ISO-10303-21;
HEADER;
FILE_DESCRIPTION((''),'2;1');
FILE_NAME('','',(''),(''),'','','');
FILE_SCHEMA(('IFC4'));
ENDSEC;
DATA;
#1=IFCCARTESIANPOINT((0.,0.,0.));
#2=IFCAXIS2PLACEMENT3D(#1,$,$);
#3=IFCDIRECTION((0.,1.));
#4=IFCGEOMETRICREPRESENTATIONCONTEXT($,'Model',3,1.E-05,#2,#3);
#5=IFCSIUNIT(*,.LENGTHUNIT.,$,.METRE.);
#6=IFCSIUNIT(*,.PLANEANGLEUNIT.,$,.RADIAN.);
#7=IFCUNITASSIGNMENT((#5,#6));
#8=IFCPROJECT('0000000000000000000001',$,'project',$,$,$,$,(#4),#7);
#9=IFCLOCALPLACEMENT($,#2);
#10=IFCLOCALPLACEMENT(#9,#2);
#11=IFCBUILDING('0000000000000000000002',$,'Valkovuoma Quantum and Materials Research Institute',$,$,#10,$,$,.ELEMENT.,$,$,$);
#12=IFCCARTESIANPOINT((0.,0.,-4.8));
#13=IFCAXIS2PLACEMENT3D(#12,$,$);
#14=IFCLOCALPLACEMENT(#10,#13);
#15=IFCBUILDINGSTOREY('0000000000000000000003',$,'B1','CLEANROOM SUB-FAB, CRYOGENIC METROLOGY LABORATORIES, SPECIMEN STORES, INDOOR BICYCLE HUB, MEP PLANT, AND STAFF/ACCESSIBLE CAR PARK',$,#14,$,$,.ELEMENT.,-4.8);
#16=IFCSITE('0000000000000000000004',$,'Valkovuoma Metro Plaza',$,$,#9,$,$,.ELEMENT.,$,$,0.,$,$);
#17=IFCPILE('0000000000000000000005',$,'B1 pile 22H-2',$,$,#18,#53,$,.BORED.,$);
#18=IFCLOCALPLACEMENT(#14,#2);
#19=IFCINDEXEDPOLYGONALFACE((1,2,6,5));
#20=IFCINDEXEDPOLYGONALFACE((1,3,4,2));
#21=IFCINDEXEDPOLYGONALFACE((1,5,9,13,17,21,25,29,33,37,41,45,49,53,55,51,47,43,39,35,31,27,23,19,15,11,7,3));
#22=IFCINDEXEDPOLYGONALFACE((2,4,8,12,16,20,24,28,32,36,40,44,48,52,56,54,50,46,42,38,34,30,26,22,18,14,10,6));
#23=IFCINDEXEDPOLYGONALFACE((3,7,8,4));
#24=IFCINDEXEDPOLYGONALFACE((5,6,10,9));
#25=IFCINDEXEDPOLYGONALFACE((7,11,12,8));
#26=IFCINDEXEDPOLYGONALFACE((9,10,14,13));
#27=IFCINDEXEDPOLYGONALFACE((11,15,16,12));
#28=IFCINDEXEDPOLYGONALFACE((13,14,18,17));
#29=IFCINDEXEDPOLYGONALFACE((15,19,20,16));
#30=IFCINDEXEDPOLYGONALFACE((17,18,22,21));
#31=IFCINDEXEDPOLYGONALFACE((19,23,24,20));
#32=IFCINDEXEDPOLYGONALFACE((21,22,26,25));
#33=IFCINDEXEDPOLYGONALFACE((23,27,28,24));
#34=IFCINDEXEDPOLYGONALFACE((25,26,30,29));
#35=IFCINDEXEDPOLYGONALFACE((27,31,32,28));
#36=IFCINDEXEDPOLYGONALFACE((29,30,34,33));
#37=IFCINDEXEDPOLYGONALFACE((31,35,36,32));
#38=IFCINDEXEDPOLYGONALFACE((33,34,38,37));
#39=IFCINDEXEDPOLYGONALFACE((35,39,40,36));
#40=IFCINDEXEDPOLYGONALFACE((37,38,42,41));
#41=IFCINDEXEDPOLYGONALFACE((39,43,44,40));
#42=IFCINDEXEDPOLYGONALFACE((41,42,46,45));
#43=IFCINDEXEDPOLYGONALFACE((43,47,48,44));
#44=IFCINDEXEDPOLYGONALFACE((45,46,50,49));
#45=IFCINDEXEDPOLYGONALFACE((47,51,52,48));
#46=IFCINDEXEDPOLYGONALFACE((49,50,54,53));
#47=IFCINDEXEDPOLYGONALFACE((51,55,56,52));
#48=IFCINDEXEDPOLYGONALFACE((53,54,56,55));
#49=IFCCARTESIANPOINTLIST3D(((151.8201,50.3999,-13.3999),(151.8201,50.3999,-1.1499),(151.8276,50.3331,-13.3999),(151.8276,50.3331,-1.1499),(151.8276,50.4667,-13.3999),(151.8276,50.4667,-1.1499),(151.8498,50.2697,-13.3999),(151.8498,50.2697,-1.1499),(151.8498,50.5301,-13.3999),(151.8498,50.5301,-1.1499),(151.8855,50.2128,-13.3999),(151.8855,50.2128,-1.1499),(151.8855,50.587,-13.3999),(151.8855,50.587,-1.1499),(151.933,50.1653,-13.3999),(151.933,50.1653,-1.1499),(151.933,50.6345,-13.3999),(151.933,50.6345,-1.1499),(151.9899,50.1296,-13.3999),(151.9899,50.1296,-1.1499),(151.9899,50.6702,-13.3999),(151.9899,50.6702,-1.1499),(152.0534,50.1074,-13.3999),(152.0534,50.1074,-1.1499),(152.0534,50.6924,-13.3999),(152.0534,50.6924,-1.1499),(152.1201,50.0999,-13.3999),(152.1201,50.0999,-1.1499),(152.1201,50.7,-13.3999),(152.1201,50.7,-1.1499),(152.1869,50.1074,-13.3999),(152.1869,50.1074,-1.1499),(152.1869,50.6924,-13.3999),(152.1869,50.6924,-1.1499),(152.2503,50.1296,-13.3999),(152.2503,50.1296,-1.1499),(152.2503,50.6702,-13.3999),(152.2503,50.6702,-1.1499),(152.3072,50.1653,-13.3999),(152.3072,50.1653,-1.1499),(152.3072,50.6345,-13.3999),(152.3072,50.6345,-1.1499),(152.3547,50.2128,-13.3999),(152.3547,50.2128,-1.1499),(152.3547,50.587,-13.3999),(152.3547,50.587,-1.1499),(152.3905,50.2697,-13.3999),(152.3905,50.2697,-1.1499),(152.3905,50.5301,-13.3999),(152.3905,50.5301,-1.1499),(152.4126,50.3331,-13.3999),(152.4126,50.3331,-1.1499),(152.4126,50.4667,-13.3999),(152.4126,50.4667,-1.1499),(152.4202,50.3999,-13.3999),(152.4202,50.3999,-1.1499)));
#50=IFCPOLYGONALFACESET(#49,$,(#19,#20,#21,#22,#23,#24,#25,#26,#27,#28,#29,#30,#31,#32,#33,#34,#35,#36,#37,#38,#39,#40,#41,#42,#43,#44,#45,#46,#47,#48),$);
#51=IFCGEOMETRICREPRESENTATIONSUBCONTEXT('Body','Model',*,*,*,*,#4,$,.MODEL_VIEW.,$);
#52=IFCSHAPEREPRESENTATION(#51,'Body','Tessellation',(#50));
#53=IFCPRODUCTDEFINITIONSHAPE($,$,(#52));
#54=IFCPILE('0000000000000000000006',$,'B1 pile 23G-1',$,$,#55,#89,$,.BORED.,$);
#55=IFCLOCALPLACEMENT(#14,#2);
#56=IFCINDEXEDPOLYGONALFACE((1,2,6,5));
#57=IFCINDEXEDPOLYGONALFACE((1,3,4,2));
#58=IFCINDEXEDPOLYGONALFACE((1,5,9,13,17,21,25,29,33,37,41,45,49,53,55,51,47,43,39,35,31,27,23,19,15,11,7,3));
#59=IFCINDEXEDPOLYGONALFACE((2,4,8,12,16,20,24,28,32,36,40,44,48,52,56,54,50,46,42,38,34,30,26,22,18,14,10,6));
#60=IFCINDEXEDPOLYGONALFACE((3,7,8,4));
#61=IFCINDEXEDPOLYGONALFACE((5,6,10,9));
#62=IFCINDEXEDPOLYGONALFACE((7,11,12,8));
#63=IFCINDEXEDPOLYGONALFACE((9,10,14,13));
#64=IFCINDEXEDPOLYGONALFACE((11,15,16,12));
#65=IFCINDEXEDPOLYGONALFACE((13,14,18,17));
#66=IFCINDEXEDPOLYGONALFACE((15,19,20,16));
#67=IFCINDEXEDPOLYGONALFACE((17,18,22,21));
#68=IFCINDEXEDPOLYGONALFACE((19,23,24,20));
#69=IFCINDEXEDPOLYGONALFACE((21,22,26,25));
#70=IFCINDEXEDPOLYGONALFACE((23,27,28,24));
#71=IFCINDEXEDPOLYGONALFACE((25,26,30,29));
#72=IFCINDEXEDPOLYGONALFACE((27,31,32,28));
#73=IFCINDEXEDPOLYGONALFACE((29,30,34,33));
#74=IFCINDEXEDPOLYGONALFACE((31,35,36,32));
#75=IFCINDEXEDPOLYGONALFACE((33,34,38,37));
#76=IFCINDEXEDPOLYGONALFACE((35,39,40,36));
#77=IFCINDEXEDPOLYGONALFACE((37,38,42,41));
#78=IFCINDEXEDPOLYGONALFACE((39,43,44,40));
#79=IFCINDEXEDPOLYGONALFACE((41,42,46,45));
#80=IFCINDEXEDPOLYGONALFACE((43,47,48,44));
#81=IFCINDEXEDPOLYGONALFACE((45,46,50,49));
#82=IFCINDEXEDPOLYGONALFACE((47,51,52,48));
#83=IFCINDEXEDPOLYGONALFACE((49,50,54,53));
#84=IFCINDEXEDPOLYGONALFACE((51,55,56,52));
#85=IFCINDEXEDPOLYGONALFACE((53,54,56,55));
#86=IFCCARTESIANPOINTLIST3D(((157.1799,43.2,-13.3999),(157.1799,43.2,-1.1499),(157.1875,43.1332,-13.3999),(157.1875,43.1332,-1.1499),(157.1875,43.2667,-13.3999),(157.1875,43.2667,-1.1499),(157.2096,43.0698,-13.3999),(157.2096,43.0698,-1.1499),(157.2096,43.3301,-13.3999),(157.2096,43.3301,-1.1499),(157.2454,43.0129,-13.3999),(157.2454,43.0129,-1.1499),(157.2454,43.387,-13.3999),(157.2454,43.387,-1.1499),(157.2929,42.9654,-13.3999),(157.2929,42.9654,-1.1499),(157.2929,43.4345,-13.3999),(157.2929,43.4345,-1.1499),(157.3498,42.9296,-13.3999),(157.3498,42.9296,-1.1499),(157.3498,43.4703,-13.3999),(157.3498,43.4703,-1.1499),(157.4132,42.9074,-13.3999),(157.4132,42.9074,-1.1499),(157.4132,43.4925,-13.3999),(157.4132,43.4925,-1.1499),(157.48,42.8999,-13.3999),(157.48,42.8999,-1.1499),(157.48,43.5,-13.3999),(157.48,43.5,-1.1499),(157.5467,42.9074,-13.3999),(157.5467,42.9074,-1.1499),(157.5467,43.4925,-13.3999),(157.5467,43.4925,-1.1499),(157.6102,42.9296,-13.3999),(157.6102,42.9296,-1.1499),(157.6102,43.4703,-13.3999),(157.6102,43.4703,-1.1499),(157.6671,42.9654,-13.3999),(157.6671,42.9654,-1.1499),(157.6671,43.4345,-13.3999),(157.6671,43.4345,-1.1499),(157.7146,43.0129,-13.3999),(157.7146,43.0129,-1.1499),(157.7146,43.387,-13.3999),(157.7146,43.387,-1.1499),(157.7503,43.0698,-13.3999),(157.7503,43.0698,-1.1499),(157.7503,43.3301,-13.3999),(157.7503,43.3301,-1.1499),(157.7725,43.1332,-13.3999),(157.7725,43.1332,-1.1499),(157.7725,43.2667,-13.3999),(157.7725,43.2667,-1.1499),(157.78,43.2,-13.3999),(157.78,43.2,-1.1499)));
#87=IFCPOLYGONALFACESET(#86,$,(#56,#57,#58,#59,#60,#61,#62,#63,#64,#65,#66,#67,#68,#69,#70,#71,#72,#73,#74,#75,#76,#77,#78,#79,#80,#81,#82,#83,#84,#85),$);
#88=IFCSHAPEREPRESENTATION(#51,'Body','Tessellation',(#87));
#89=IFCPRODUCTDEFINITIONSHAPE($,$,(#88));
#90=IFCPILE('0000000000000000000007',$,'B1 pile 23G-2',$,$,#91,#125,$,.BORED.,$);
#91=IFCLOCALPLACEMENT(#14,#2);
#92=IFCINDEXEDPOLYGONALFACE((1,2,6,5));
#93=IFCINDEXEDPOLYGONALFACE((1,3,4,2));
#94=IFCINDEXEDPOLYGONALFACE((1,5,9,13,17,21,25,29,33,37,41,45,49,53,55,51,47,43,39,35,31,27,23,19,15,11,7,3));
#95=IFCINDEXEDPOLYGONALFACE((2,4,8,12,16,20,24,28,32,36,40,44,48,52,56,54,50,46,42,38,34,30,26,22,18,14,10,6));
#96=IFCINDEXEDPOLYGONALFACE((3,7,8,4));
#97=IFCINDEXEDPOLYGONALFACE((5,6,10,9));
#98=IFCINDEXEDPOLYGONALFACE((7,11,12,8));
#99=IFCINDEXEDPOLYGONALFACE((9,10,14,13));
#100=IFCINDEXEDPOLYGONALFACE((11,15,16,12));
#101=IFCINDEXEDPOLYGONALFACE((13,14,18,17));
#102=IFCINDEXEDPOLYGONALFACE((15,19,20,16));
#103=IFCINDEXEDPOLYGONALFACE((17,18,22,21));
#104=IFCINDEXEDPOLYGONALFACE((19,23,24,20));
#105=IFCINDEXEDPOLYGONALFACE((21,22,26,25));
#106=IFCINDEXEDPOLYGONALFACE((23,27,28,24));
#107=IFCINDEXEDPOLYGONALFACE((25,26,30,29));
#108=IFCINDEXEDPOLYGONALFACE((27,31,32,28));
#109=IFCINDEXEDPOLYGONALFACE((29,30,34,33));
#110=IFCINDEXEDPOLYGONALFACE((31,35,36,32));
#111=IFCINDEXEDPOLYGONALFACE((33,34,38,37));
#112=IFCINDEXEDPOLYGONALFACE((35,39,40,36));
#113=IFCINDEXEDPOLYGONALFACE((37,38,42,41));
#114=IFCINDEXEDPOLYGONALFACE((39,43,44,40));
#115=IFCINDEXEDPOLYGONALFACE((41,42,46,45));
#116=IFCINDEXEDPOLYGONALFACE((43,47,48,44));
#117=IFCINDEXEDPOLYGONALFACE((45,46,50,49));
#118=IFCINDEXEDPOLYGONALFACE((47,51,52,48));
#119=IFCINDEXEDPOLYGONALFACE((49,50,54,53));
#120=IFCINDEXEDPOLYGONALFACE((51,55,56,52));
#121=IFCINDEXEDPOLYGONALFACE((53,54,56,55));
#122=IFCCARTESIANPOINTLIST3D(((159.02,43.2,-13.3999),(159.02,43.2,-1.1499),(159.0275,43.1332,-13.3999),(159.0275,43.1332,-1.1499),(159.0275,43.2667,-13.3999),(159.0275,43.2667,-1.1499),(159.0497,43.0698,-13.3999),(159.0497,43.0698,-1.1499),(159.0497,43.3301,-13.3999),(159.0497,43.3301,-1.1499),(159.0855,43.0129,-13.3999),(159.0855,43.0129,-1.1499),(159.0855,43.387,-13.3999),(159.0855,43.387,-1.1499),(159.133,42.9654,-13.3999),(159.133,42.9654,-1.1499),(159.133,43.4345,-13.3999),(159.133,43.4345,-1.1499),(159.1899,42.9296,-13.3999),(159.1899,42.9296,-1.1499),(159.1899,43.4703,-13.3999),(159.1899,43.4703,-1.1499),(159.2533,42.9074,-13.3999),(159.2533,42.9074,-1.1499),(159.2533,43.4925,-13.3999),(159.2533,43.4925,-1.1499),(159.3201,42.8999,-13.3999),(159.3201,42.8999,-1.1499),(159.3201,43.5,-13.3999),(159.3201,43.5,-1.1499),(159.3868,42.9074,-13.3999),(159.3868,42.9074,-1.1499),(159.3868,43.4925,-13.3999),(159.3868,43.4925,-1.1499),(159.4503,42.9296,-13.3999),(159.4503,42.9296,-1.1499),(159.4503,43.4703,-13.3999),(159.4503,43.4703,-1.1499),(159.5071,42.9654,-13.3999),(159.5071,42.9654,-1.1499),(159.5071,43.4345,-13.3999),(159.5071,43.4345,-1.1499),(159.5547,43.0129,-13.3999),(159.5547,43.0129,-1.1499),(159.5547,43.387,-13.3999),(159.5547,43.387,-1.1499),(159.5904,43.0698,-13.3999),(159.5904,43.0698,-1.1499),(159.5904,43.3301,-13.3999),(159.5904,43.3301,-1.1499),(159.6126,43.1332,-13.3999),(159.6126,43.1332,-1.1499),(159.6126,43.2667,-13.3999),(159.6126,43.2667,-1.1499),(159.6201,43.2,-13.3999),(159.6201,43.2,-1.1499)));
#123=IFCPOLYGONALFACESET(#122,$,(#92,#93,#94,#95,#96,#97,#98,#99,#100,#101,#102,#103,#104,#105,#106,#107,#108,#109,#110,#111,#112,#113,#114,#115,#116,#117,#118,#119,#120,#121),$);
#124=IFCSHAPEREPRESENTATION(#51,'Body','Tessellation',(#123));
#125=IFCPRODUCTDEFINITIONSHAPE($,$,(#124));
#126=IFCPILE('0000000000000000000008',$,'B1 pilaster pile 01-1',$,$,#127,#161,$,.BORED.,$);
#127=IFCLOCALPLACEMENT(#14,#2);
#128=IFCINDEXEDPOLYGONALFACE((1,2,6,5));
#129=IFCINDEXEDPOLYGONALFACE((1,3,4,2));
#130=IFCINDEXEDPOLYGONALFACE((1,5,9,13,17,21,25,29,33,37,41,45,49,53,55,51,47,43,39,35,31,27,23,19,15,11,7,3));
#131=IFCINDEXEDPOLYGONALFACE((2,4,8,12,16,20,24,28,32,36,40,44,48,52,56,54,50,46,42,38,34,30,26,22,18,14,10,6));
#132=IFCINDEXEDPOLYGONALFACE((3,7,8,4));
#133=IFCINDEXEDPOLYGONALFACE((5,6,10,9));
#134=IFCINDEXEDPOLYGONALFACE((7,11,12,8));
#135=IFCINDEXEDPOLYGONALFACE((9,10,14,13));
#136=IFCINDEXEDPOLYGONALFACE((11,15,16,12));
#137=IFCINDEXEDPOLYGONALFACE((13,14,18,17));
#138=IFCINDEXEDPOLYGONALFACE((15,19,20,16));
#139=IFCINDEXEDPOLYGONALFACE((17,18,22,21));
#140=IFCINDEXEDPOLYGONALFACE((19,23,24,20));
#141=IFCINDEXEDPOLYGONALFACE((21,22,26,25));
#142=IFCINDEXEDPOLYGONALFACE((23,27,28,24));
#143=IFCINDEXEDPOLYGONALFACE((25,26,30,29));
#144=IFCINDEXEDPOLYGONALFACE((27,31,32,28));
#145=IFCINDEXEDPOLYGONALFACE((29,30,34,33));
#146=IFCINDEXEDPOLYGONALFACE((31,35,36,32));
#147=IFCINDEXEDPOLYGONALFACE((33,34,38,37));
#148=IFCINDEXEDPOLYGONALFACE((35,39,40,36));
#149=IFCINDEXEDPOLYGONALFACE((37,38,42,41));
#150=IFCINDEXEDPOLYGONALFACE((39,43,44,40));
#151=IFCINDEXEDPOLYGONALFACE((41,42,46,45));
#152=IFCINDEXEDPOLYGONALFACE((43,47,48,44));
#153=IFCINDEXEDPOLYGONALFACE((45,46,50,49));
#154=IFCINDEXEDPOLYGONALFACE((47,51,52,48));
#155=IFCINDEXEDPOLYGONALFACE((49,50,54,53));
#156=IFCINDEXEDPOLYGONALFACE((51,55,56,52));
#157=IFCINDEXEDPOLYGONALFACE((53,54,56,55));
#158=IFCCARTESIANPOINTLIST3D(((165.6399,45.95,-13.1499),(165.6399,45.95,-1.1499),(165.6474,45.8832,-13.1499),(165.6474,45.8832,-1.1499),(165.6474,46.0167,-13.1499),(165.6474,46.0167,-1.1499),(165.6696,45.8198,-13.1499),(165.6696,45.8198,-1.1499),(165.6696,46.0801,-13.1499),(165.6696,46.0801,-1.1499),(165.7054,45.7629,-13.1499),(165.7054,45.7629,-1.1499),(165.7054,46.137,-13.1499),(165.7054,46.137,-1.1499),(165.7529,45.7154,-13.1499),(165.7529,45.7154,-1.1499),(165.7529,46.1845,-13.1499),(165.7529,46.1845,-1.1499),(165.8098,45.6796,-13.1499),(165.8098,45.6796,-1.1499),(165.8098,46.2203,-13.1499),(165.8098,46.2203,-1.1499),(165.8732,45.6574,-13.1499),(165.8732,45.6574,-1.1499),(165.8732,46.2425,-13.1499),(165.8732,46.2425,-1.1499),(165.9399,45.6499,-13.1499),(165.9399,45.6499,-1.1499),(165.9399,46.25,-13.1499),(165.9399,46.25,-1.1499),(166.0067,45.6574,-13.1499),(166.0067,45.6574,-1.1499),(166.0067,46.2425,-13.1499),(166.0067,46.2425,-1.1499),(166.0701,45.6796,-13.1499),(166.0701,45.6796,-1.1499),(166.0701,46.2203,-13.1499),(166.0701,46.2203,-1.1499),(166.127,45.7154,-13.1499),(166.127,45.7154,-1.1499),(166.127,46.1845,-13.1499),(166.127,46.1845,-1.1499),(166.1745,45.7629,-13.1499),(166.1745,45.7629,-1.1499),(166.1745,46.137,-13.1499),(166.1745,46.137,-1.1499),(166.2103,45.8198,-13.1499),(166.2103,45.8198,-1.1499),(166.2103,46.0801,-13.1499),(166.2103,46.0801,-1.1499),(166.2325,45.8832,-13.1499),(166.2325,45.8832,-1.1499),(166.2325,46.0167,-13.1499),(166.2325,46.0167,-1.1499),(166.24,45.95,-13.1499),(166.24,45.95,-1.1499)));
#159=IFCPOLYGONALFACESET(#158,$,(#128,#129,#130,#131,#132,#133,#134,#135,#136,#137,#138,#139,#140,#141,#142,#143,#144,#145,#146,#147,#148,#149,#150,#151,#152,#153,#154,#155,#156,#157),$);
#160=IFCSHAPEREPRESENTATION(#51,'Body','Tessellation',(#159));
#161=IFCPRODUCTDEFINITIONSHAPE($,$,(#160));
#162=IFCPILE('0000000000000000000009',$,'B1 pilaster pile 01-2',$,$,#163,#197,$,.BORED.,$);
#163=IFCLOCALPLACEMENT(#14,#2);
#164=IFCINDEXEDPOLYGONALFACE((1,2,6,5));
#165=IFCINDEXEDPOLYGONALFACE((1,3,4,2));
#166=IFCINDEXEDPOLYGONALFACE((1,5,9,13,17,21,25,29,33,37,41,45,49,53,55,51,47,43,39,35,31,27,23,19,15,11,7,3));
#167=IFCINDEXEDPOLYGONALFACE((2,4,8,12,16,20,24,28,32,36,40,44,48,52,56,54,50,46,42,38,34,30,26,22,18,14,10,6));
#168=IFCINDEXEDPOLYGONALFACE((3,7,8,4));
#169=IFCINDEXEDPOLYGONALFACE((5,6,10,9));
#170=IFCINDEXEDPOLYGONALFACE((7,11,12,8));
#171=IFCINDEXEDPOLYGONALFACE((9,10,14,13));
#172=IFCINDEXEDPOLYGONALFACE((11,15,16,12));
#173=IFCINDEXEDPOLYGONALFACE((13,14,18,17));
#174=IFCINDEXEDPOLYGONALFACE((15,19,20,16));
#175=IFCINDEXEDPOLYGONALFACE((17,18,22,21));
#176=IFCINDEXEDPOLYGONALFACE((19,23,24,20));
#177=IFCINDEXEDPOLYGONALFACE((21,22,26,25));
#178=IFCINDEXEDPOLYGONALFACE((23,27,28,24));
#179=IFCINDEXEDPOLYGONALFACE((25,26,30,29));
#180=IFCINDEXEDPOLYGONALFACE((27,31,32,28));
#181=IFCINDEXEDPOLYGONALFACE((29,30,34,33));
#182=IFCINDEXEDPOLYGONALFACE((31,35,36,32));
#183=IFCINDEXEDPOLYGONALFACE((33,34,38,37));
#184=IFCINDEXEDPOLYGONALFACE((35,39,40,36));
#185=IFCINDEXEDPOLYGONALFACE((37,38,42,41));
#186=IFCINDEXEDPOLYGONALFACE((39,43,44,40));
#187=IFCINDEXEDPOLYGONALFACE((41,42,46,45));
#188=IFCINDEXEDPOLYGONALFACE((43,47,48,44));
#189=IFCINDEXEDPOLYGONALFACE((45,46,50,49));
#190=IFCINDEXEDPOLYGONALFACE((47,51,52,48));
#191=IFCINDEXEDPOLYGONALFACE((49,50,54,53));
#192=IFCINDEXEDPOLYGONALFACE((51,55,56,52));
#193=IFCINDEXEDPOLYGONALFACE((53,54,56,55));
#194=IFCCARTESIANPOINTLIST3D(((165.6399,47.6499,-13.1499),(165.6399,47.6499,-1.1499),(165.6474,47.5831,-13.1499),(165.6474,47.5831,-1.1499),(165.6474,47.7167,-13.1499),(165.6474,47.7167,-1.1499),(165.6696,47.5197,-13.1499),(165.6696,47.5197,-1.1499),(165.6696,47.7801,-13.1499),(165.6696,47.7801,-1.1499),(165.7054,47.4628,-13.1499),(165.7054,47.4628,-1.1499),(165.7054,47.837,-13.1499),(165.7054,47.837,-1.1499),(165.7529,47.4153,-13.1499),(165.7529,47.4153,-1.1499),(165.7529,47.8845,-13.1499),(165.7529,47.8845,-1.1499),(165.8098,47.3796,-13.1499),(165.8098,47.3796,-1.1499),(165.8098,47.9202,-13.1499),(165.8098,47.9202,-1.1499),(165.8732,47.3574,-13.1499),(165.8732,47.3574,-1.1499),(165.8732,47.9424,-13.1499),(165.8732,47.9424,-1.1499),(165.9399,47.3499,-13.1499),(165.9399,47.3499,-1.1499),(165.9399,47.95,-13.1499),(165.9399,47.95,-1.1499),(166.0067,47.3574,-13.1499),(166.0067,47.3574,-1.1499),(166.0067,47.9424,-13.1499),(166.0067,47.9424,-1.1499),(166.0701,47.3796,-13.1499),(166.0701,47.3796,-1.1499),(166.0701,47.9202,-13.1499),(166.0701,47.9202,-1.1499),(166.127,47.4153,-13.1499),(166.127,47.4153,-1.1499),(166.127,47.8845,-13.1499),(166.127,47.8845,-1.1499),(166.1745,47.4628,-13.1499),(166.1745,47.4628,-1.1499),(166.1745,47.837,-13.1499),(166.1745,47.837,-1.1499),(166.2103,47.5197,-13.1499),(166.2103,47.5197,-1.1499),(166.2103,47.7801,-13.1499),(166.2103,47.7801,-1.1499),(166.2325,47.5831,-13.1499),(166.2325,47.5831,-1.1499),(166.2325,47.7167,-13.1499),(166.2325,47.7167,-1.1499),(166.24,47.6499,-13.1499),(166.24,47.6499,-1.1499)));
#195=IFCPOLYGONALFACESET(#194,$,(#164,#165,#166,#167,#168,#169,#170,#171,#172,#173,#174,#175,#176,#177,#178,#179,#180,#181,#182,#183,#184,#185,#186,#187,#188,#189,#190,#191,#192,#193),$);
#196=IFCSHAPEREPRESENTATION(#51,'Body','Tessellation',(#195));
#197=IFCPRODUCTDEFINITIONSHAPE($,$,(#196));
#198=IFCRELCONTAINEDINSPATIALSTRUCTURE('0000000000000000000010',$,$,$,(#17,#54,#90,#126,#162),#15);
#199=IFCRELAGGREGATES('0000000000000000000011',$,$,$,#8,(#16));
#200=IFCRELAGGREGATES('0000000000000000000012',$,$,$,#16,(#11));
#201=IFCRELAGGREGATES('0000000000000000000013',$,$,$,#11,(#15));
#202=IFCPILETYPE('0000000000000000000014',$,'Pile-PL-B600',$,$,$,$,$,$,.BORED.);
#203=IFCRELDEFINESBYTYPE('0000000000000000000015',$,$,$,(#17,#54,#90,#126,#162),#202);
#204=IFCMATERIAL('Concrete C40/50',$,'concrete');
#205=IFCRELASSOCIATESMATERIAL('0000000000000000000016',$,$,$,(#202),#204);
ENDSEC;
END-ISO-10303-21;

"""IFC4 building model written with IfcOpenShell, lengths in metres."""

from ifc_helpers import new_model, si_unit, direction, frame, origin, origin_2d, place, context, subcontext, project, spatial, circle, extrude, material, material_profile, profile_set, type_object, element, save


model = new_model("IFC4")

# Units and contexts
model_context = context("Model", 3, precision=1e-05, world=origin(), true_north=direction((0.0, 1.0)))
body_context = subcontext(model_context, "Body", "Model", "MODEL_VIEW")
ifc_project = project(units=[si_unit("LENGTHUNIT", "METRE"), si_unit("PLANEANGLEUNIT", "RADIAN")], contexts=[model_context])

# Site, building, storey
site_placement = place(None, origin())
site = spatial("IfcSite", under=ifc_project, at=site_placement, Name="Valkovuoma Metro Plaza", CompositionType="ELEMENT", RefElevation=0.0)
building_placement = place(site_placement, origin())
building = spatial("IfcBuilding", under=site, at=building_placement, Name="Valkovuoma Quantum and Materials Research Institute", CompositionType="ELEMENT")
storey_placement = place(building_placement, frame((0.0, 0.0, -4.8)))
storey = spatial("IfcBuildingStorey", under=building, at=storey_placement, Name="B1", Description="CLEANROOM SUB-FAB, CRYOGENIC METROLOGY LABORATORIES, SPECIMEN STORES, INDOOR BICYCLE HUB, MEP PLANT, AND STAFF/ACCESSIBLE CAR PARK", CompositionType="ELEMENT", Elevation=-4.8)

# Piles
ifc_material_1 = material(Name="Concrete C40/50", Category="concrete")
ifc_material_profile_1 = material_profile(ifc_material_1, circle(Radius=0.3, at=origin_2d()), Name="Concrete C40/50")
ifc_profile_set_1 = profile_set([ifc_material_profile_1], Name="Concrete C40/50")
pile_type_1 = type_object("IfcPileType", Name="Pile-PL-B600", PredefinedType="BORED", material=ifc_profile_set_1)
for number, where, z_axis, x_axis, name in (
    (1, (152.1201, 50.3999, -1.1499), (0.0, 0.0, -1.0), (1.0, 0.0, 0.0), "B1 pile 22H-2"),
    (2, (157.48, 43.2, -1.1499), (0.0, 0.0, -1.0), (1.0, 0.0, 0.0), "B1 pile 23G-1"),
    (3, (159.3201, 43.2, -1.1499), (0.0, 0.0, -1.0), (1.0, 0.0, 0.0), "B1 pile 23G-2"),
):
    element("IfcPile", number, at=place(storey_placement, frame(where, z_axis=z_axis, x_axis=x_axis)), inside=storey, type_object=pile_type_1, Name=name, PredefinedType="BORED", context=body_context, shape_type="SweptSolid", body=[
        extrude(circle(Radius=0.3, at=origin_2d()), origin(), (0.0, 0.0, 1.0), 12.25),
    ])
for number, where, z_axis, x_axis, name in (
    (4, (165.9399, 45.95, -1.1499), (0.0, 0.0, -1.0), (1.0, 0.0, 0.0), "B1 pilaster pile 01-1"),
    (5, (165.9399, 47.6499, -1.1499), (0.0, 0.0, -1.0), (1.0, 0.0, 0.0), "B1 pilaster pile 01-2"),
):
    element("IfcPile", number, at=place(storey_placement, frame(where, z_axis=z_axis, x_axis=x_axis)), inside=storey, type_object=pile_type_1, Name=name, PredefinedType="BORED", context=body_context, shape_type="SweptSolid", body=[
        extrude(circle(Radius=0.3, at=origin_2d()), origin(), (0.0, 0.0, 1.0), 12.0),
    ])

save(model, "model.ifc")
